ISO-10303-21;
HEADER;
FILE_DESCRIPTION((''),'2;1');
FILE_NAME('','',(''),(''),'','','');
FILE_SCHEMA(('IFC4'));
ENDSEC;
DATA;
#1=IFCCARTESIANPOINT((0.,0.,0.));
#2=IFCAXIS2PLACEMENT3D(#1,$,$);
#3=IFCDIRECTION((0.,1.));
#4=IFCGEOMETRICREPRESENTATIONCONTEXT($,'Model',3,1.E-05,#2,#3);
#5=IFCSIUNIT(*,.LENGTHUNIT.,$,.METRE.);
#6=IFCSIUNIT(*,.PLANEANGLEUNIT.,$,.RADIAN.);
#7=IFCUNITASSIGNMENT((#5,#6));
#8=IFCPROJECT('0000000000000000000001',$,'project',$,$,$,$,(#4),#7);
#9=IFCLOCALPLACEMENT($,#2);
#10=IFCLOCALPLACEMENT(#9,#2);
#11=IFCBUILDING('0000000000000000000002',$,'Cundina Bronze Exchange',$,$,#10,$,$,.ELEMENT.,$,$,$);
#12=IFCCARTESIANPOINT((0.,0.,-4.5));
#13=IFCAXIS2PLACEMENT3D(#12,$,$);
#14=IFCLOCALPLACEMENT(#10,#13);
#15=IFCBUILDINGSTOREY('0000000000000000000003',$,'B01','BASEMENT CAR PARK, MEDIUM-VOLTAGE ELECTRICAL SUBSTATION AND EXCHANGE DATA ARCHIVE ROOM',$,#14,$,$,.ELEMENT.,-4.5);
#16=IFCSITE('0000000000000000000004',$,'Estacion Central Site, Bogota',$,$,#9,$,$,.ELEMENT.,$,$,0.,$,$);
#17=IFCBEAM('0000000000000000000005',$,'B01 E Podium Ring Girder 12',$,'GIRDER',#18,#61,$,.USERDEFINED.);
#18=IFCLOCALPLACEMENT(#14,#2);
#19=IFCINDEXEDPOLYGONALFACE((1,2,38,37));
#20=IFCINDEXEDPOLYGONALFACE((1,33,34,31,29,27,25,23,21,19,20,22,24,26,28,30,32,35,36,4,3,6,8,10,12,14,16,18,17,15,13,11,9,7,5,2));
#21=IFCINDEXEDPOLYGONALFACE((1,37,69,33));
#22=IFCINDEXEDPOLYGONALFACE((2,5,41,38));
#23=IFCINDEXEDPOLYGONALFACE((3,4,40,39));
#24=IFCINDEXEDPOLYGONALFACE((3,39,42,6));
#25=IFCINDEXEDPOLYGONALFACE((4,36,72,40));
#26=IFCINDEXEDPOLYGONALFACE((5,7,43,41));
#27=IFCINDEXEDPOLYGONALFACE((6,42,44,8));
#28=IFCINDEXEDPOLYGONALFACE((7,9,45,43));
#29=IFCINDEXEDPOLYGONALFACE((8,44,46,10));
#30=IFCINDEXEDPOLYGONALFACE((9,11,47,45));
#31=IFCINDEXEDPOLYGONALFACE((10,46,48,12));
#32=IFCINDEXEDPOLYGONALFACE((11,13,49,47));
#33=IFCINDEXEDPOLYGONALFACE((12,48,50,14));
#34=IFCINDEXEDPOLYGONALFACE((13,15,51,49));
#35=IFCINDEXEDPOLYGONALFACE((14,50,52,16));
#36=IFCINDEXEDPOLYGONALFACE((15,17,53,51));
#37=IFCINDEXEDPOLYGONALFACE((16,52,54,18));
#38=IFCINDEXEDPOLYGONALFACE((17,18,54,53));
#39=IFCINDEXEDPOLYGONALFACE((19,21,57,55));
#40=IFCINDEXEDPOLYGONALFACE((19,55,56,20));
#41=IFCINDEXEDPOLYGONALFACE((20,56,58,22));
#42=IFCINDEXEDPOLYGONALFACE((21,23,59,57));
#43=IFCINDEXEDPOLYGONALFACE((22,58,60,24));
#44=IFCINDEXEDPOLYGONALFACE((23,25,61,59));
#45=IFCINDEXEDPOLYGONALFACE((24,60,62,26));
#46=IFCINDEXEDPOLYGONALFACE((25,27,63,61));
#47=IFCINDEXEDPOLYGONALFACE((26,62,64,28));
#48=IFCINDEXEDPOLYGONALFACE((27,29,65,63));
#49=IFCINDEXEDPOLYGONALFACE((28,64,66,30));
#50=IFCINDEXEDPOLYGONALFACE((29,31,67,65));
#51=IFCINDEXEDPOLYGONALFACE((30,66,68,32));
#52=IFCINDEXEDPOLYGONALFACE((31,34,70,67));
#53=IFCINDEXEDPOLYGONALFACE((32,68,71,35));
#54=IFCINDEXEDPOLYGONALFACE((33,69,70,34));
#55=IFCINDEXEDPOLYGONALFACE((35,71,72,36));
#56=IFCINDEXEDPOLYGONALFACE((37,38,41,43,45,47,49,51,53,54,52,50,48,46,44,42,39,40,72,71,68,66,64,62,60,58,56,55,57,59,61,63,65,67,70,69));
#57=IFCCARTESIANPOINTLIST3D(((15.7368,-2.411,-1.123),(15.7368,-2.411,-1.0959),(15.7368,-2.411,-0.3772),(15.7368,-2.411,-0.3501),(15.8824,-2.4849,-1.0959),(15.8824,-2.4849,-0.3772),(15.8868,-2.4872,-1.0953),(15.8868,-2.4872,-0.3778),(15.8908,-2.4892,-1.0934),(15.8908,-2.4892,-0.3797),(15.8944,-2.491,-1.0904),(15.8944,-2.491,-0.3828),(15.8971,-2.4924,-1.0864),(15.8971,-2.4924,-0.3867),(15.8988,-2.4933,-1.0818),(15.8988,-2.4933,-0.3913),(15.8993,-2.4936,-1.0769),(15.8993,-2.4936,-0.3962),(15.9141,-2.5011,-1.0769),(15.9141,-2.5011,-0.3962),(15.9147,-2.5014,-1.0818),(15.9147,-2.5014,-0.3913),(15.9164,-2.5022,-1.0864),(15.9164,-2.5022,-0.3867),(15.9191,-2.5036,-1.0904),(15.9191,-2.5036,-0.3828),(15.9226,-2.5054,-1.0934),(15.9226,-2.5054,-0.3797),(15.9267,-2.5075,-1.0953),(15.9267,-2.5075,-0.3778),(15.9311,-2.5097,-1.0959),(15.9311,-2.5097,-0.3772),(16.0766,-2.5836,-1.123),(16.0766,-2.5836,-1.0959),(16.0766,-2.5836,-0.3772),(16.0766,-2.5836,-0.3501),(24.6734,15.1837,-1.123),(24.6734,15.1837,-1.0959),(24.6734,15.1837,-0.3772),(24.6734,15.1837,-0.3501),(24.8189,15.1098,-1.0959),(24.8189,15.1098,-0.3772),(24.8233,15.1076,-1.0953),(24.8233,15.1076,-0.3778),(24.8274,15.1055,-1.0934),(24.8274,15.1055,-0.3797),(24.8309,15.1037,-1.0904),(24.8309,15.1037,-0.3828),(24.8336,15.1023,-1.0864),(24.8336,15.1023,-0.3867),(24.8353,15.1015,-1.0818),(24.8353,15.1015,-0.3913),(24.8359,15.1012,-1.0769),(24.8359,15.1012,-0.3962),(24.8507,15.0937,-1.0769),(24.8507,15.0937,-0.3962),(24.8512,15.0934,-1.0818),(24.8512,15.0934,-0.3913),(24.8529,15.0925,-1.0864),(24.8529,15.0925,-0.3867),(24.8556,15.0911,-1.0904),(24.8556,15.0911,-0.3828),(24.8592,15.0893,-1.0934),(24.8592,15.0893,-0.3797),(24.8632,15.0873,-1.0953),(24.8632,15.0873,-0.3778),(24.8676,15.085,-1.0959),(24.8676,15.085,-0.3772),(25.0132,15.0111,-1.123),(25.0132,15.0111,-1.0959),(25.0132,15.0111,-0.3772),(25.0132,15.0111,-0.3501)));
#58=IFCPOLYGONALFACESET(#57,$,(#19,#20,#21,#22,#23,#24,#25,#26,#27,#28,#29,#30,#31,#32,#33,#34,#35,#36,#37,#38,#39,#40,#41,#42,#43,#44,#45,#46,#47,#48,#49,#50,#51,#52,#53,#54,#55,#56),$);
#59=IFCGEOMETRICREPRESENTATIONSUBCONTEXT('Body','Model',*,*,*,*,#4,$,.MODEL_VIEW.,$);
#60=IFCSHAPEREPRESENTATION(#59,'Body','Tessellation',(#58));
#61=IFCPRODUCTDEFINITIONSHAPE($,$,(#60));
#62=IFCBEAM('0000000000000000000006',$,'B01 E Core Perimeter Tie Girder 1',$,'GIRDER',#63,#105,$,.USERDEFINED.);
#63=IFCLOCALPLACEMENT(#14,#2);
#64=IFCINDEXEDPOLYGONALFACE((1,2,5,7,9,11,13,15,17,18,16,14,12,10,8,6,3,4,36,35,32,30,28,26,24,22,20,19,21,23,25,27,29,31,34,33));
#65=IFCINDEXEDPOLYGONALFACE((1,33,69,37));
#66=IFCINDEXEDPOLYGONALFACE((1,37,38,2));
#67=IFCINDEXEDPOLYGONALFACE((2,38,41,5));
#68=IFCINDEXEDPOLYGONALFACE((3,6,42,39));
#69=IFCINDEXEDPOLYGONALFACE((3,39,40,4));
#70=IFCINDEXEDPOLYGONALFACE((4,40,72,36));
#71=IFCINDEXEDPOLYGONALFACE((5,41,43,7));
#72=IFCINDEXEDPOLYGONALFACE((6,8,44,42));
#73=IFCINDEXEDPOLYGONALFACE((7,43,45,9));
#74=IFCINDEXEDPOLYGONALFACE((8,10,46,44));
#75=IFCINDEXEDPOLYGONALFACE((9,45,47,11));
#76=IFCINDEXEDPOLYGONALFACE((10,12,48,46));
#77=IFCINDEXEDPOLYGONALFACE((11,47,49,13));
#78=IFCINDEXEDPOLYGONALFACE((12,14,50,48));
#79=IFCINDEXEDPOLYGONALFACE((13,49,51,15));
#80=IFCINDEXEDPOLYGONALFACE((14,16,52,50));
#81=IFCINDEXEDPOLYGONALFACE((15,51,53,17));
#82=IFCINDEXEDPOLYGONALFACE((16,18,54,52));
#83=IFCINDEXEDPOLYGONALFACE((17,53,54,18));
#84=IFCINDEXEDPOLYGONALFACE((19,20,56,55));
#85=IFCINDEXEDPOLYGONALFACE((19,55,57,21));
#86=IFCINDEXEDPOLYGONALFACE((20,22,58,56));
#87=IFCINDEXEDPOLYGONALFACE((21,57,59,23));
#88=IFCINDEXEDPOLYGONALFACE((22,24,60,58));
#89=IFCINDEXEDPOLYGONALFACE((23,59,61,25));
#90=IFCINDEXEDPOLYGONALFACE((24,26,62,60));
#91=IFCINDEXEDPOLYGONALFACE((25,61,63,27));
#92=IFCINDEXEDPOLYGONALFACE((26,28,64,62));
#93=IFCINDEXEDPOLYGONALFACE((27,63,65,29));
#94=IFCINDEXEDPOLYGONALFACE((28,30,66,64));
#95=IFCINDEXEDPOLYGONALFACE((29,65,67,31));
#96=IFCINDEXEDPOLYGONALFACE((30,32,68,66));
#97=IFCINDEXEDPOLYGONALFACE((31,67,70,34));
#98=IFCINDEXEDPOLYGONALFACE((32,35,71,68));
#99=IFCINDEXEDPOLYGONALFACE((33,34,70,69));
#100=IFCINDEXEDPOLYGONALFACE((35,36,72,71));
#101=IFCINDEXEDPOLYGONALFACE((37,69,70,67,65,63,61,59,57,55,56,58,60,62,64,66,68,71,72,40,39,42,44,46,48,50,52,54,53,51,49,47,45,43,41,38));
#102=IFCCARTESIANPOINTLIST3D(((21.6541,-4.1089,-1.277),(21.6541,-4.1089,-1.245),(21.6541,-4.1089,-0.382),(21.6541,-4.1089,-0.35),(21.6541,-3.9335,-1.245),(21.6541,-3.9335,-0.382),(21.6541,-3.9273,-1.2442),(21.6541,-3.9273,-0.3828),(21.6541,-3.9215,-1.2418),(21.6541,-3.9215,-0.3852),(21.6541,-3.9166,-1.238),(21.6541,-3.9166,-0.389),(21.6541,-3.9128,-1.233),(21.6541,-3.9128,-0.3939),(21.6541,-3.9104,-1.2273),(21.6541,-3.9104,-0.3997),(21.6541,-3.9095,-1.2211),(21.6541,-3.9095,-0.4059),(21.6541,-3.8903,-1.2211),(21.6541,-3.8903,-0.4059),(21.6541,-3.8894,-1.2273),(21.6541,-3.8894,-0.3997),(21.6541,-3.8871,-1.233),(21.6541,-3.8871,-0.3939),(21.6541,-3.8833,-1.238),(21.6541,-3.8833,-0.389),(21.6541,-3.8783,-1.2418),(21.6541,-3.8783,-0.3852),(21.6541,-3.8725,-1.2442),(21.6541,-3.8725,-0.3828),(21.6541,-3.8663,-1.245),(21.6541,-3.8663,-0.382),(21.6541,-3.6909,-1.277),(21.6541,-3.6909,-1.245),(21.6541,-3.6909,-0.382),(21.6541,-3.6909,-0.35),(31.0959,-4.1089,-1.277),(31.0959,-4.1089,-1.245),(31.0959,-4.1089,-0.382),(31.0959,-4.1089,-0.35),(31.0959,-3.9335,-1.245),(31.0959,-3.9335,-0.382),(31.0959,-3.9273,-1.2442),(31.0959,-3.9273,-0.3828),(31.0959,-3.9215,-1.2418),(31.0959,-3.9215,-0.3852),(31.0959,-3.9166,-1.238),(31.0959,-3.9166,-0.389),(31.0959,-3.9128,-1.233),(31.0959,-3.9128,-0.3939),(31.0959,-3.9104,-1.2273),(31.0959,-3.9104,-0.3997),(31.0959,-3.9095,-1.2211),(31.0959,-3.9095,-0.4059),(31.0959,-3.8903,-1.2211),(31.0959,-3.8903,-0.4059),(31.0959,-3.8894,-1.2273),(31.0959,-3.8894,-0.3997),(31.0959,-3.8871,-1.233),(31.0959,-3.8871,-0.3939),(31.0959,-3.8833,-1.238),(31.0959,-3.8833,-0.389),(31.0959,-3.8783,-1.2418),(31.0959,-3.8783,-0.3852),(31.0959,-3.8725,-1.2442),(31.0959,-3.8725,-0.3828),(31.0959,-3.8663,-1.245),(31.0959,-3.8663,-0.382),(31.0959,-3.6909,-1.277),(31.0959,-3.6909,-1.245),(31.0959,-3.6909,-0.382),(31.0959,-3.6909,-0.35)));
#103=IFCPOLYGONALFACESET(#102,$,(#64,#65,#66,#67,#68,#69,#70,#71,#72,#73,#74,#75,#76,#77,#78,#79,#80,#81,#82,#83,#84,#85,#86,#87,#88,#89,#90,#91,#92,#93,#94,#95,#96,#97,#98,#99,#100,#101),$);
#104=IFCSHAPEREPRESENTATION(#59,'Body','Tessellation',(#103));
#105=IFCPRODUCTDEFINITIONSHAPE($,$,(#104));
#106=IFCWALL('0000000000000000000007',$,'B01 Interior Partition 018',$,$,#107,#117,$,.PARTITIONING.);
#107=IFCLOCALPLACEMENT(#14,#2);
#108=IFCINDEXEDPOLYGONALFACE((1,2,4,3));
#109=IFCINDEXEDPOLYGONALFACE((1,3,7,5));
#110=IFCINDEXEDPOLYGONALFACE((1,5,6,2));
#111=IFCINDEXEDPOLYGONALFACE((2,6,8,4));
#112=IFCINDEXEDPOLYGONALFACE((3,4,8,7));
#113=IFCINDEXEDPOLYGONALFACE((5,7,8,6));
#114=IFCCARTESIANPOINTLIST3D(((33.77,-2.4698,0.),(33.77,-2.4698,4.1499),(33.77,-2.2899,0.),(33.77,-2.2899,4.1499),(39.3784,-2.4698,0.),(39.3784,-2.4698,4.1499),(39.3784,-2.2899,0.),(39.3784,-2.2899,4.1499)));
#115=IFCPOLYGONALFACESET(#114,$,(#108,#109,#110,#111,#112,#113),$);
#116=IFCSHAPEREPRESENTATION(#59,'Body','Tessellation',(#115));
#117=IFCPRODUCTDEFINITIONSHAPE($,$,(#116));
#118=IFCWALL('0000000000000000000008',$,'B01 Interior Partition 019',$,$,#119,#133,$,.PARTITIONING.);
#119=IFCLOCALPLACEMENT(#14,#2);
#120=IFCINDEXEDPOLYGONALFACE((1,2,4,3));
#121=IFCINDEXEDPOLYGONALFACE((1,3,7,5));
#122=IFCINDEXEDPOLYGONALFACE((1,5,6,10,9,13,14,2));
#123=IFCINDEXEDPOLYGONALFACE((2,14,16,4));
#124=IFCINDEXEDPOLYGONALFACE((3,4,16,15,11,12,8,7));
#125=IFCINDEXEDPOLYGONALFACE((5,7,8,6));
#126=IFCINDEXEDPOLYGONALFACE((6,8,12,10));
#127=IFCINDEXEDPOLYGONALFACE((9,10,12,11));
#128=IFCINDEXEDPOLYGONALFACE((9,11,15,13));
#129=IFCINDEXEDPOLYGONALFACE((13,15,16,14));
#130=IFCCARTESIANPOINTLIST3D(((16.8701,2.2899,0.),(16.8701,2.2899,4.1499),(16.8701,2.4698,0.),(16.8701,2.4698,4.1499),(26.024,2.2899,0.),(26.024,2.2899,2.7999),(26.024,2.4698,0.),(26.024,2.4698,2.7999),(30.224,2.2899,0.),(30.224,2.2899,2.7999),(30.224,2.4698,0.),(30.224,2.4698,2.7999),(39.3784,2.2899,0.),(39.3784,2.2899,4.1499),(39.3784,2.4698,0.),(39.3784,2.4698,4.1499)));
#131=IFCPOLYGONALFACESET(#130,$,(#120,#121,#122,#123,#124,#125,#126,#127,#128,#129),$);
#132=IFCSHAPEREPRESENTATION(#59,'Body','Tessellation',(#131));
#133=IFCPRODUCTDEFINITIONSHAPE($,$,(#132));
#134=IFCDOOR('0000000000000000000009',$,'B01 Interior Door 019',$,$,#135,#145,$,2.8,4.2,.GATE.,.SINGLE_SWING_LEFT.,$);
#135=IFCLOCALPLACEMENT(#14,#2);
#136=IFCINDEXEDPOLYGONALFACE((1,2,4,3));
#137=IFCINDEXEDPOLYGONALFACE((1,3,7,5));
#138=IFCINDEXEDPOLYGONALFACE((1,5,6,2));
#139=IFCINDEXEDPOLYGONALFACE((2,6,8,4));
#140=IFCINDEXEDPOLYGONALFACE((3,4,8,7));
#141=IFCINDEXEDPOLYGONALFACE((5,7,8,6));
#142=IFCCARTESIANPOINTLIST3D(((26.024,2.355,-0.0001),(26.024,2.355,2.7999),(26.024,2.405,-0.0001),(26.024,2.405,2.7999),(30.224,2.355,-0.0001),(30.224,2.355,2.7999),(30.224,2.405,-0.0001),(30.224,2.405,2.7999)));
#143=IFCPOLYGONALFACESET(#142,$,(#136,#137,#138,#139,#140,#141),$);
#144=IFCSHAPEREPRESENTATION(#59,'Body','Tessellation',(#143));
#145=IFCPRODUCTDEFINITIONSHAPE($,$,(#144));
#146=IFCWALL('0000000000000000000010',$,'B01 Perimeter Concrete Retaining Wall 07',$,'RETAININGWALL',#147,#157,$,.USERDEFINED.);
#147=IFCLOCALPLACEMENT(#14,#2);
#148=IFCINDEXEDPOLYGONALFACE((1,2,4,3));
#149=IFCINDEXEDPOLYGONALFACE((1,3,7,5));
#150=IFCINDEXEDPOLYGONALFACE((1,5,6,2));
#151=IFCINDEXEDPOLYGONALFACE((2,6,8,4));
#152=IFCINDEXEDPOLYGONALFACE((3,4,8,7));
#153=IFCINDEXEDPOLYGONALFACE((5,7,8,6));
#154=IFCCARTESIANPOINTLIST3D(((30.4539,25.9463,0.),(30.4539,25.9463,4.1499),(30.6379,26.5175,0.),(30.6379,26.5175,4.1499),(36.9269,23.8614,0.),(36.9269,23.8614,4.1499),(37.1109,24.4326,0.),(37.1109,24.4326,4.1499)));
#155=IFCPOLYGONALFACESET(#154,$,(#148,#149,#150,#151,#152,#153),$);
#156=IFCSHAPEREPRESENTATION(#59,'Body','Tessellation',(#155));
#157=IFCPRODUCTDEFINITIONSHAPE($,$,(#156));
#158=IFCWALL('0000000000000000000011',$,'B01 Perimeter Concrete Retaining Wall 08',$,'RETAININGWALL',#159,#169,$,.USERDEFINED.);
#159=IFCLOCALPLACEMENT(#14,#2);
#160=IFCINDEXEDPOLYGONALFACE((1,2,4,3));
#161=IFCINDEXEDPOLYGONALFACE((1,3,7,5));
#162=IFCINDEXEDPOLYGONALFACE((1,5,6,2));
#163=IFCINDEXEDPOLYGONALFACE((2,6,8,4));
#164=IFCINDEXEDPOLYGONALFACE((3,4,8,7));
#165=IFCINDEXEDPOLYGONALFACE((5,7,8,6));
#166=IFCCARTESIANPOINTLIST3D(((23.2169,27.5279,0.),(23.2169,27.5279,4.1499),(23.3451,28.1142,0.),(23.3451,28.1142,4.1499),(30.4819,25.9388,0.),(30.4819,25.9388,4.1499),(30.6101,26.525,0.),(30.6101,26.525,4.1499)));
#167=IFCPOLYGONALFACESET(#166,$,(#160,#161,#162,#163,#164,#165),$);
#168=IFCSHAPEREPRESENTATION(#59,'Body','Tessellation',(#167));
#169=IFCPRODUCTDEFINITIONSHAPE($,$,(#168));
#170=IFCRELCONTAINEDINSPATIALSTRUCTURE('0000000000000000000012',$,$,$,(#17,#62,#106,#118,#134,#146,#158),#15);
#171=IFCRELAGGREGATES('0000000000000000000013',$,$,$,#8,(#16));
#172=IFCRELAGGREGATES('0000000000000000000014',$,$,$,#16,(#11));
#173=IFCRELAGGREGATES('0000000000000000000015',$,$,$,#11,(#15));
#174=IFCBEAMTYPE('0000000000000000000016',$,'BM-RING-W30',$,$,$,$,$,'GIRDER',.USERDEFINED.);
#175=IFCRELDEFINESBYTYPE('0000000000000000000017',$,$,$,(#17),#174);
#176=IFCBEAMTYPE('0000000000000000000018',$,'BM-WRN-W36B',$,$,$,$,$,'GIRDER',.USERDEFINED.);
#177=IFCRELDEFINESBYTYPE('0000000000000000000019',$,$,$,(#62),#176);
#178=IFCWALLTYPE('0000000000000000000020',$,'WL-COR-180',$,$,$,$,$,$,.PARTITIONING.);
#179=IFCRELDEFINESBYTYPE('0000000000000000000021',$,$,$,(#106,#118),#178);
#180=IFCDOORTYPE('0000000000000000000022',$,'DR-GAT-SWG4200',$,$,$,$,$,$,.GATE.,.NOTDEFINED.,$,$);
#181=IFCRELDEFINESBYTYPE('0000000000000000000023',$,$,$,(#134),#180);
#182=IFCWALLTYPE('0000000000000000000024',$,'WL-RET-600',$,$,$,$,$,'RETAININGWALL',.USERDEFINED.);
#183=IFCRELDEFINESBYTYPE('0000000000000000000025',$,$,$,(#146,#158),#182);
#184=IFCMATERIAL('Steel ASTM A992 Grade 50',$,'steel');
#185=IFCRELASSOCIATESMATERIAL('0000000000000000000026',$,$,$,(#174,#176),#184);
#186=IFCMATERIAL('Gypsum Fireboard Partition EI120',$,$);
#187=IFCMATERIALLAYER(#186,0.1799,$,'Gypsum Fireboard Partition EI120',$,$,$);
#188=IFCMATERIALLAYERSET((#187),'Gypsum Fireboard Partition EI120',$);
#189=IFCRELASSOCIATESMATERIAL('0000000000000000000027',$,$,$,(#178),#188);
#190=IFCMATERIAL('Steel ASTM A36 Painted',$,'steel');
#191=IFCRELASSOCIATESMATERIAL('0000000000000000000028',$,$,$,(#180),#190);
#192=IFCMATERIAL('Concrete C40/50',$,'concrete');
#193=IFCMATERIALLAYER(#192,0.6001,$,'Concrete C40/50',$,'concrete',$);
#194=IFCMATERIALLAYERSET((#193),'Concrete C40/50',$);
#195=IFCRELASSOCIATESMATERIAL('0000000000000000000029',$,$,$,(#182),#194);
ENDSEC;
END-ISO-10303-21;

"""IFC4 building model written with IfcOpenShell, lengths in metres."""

from ifc_helpers import new_model, si_unit, direction, frame, frame_2d, origin, origin_2d, place, context, subcontext, project, spatial, rectangle, i_section, extrude, material, layer, layer_set, material_profile, profile_set, type_object, element, fill, save


model = new_model("IFC4")

# Units and contexts
model_context = context("Model", 3, precision=1e-05, world=origin(), true_north=direction((0.0, 1.0)))
body_context = subcontext(model_context, "Body", "Model", "MODEL_VIEW")
ifc_project = project(units=[si_unit("LENGTHUNIT", "METRE"), si_unit("PLANEANGLEUNIT", "RADIAN")], contexts=[model_context])

# Site, building, storey
site_placement = place(None, origin())
site = spatial("IfcSite", under=ifc_project, at=site_placement, Name="Estacion Central Site, Bogota", CompositionType="ELEMENT", RefElevation=0.0)
building_placement = place(site_placement, origin())
building = spatial("IfcBuilding", under=site, at=building_placement, Name="Cundina Bronze Exchange", CompositionType="ELEMENT")
storey_placement = place(building_placement, frame((0.0, 0.0, -4.5)))
storey = spatial("IfcBuildingStorey", under=building, at=storey_placement, Name="B01", Description="BASEMENT CAR PARK, MEDIUM-VOLTAGE ELECTRICAL SUBSTATION AND EXCHANGE DATA ARCHIVE ROOM", CompositionType="ELEMENT", Elevation=-4.5)

# Shared definitions
ifc_material_1 = material(Name="Steel ASTM A992 Grade 50", Category="steel")

# Beams
ifc_material_profile_1 = material_profile(ifc_material_1, i_section(OverallWidth=0.3811, OverallDepth=0.7729, WebThickness=0.0166, FlangeThickness=0.0271, FilletRadius=0.019, at=origin_2d()), Name="W30X173", Category="steel")
ifc_profile_set_1 = profile_set([ifc_material_profile_1], Name="Steel ASTM A992 Grade 50")
beam_type_1 = type_object("IfcBeamType", Name="BM-RING-W30", ElementType="GIRDER", PredefinedType="USERDEFINED", material=ifc_profile_set_1)
beam_1_placement = place(storey_placement, frame((24.8433, 15.0974, -0.7366), z_axis=(-0.452846, -0.891589, 0.0), x_axis=(0.891589, -0.452846, 0.0)))
element("IfcBeam", 1, at=beam_1_placement, inside=storey, type_object=beam_type_1, Name="B01 E Podium Ring Girder 12", ObjectType="GIRDER", PredefinedType="USERDEFINED", context=body_context, shape_type="SweptSolid", body=[
    extrude(i_section(OverallWidth=0.3811, OverallDepth=0.7729, WebThickness=0.0166, FlangeThickness=0.0271, FilletRadius=0.019, at=origin_2d()), origin(), (0.0, 0.0, 1.0), 19.7341),
])
ifc_material_profile_2 = material_profile(ifc_material_1, i_section(OverallWidth=0.418, OverallDepth=0.927, WebThickness=0.0193, FlangeThickness=0.032, FilletRadius=0.0239, at=origin_2d()), Name="W36X231", Category="steel")
ifc_profile_set_2 = profile_set([ifc_material_profile_2], Name="Steel ASTM A992 Grade 50")
beam_type_2 = type_object("IfcBeamType", Name="BM-WRN-W36B", ElementType="GIRDER", PredefinedType="USERDEFINED", material=ifc_profile_set_2)
beam_2_placement = place(storey_placement, frame((31.0959, -3.8999, -0.8135), z_axis=(-1.0, 0.0, 0.0), x_axis=(0.0, -1.0, 0.0)))
element("IfcBeam", 2, at=beam_2_placement, inside=storey, type_object=beam_type_2, Name="B01 E Core Perimeter Tie Girder 1", ObjectType="GIRDER", PredefinedType="USERDEFINED", context=body_context, shape_type="SweptSolid", body=[
    extrude(i_section(OverallWidth=0.418, OverallDepth=0.927, WebThickness=0.0193, FlangeThickness=0.032, FilletRadius=0.0239, at=origin_2d()), origin(), (0.0, 0.0, 1.0), 9.4419),
])

# Shared definitions
ifc_material_2 = material(Name="Gypsum Fireboard Partition EI120")
ifc_layer_1 = layer(ifc_material_2, 0.1799, Name="Gypsum Fireboard Partition EI120")
ifc_layer_set_1 = layer_set([ifc_layer_1], Name="Gypsum Fireboard Partition EI120")
wall_type_1 = type_object("IfcWallType", Name="WL-COR-180", PredefinedType="PARTITIONING", material=ifc_layer_set_1)
ifc_material_3 = material(Name="Steel ASTM A36 Painted", Category="steel")

# Wall
wall_1_placement = place(storey_placement, frame((33.77, -2.3799, 0.0), z_axis=(0.0, 0.0, 1.0), x_axis=(1.0, 0.0, 0.0)))
element("IfcWall", 3, at=wall_1_placement, inside=storey, type_object=wall_type_1, Name="B01 Interior Partition 018", PredefinedType="PARTITIONING", context=body_context, shape_type="SweptSolid", body=[
    extrude(rectangle(XDim=5.6084, YDim=0.1799, at=frame_2d((2.8042, 0.0))), origin(), (0.0, 0.0, 1.0), 4.1499),
])

# Wall, opening, door
wall_2_placement = place(storey_placement, frame((39.3784, 2.3799, 0.0), z_axis=(0.0, 0.0, 1.0), x_axis=(-1.0, 0.0, 0.0)))
wall_2 = element("IfcWall", 4, at=wall_2_placement, inside=storey, type_object=wall_type_1, Name="B01 Interior Partition 019", PredefinedType="PARTITIONING", context=body_context, shape_type="SweptSolid", body=[
    extrude(rectangle(XDim=22.5083, YDim=0.1799, at=frame_2d((11.2542, 0.0))), origin(), (0.0, 0.0, 1.0), 4.1499),
])
opening_1_placement = place(wall_2_placement, frame((9.1543, 0.0, 0.0)))
opening_1 = element("IfcOpeningElement", 5, at=opening_1_placement, cuts=wall_2, PredefinedType="OPENING", context=body_context, shape_type="SweptSolid", body=[
    extrude(rectangle(XDim=4.2, YDim=2.8, at=frame_2d((2.1001, 1.3999))), frame((0.0, 0.0999, 0.0), z_axis=(0.0, -1.0, 0.0), x_axis=(1.0, 0.0, 0.0)), (0.0, 0.0, 1.0), 0.2),
])
door_type_1 = type_object("IfcDoorType", Name="DR-GAT-SWG4200", OperationType="NOTDEFINED", PredefinedType="GATE", material=ifc_material_3)
door_1_placement = place(opening_1_placement, origin())
door_1 = element("IfcDoor", 6, at=door_1_placement, inside=storey, type_object=door_type_1, Name="B01 Interior Door 019", OperationType="SINGLE_SWING_LEFT", OverallHeight=2.8, OverallWidth=4.2, PredefinedType="GATE", context=body_context, shape_type="SweptSolid", body=[
    extrude(rectangle(XDim=4.2, YDim=2.8, at=frame_2d((2.1001, 1.3999))), frame((0.0, 0.0249, 0.0), z_axis=(0.0, -1.0, 0.0), x_axis=(1.0, 0.0, 0.0)), (0.0, 0.0, 1.0), 0.05),
])
fill(opening_1, door_1)

# Walls
ifc_material_4 = material(Name="Concrete C40/50", Category="concrete")
ifc_layer_2 = layer(ifc_material_4, 0.6001, Name="Concrete C40/50", Category="concrete")
ifc_layer_set_2 = layer_set([ifc_layer_2], Name="Concrete C40/50")
wall_type_2 = type_object("IfcWallType", Name="WL-RET-600", ElementType="RETAININGWALL", PredefinedType="USERDEFINED", material=ifc_layer_set_2)
wall_3_placement = place(storey_placement, frame((37.019, 24.147, 0.0), z_axis=(0.0, 0.0, 1.0), x_axis=(-0.951844, 0.306583, 0.0)))
element("IfcWall", 7, at=wall_3_placement, inside=storey, type_object=wall_type_2, Name="B01 Perimeter Concrete Retaining Wall 07", ObjectType="RETAININGWALL", PredefinedType="USERDEFINED", context=body_context, shape_type="SweptSolid", body=[
    extrude(rectangle(XDim=6.8005, YDim=0.6001, at=frame_2d((3.4004, 0.0))), origin(), (0.0, 0.0, 1.0), 4.1499),
])
wall_4_placement = place(storey_placement, frame((30.5459, 26.2319, 0.0), z_axis=(0.0, 0.0, 1.0), x_axis=(-0.976902, 0.213686, 0.0)))
element("IfcWall", 8, at=wall_4_placement, inside=storey, type_object=wall_type_2, Name="B01 Perimeter Concrete Retaining Wall 08", ObjectType="RETAININGWALL", PredefinedType="USERDEFINED", context=body_context, shape_type="SweptSolid", body=[
    extrude(rectangle(XDim=7.4368, YDim=0.6001, at=frame_2d((3.7183, 0.0))), origin(), (0.0, 0.0, 1.0), 4.1499),
])

save(model, "model.ifc")
